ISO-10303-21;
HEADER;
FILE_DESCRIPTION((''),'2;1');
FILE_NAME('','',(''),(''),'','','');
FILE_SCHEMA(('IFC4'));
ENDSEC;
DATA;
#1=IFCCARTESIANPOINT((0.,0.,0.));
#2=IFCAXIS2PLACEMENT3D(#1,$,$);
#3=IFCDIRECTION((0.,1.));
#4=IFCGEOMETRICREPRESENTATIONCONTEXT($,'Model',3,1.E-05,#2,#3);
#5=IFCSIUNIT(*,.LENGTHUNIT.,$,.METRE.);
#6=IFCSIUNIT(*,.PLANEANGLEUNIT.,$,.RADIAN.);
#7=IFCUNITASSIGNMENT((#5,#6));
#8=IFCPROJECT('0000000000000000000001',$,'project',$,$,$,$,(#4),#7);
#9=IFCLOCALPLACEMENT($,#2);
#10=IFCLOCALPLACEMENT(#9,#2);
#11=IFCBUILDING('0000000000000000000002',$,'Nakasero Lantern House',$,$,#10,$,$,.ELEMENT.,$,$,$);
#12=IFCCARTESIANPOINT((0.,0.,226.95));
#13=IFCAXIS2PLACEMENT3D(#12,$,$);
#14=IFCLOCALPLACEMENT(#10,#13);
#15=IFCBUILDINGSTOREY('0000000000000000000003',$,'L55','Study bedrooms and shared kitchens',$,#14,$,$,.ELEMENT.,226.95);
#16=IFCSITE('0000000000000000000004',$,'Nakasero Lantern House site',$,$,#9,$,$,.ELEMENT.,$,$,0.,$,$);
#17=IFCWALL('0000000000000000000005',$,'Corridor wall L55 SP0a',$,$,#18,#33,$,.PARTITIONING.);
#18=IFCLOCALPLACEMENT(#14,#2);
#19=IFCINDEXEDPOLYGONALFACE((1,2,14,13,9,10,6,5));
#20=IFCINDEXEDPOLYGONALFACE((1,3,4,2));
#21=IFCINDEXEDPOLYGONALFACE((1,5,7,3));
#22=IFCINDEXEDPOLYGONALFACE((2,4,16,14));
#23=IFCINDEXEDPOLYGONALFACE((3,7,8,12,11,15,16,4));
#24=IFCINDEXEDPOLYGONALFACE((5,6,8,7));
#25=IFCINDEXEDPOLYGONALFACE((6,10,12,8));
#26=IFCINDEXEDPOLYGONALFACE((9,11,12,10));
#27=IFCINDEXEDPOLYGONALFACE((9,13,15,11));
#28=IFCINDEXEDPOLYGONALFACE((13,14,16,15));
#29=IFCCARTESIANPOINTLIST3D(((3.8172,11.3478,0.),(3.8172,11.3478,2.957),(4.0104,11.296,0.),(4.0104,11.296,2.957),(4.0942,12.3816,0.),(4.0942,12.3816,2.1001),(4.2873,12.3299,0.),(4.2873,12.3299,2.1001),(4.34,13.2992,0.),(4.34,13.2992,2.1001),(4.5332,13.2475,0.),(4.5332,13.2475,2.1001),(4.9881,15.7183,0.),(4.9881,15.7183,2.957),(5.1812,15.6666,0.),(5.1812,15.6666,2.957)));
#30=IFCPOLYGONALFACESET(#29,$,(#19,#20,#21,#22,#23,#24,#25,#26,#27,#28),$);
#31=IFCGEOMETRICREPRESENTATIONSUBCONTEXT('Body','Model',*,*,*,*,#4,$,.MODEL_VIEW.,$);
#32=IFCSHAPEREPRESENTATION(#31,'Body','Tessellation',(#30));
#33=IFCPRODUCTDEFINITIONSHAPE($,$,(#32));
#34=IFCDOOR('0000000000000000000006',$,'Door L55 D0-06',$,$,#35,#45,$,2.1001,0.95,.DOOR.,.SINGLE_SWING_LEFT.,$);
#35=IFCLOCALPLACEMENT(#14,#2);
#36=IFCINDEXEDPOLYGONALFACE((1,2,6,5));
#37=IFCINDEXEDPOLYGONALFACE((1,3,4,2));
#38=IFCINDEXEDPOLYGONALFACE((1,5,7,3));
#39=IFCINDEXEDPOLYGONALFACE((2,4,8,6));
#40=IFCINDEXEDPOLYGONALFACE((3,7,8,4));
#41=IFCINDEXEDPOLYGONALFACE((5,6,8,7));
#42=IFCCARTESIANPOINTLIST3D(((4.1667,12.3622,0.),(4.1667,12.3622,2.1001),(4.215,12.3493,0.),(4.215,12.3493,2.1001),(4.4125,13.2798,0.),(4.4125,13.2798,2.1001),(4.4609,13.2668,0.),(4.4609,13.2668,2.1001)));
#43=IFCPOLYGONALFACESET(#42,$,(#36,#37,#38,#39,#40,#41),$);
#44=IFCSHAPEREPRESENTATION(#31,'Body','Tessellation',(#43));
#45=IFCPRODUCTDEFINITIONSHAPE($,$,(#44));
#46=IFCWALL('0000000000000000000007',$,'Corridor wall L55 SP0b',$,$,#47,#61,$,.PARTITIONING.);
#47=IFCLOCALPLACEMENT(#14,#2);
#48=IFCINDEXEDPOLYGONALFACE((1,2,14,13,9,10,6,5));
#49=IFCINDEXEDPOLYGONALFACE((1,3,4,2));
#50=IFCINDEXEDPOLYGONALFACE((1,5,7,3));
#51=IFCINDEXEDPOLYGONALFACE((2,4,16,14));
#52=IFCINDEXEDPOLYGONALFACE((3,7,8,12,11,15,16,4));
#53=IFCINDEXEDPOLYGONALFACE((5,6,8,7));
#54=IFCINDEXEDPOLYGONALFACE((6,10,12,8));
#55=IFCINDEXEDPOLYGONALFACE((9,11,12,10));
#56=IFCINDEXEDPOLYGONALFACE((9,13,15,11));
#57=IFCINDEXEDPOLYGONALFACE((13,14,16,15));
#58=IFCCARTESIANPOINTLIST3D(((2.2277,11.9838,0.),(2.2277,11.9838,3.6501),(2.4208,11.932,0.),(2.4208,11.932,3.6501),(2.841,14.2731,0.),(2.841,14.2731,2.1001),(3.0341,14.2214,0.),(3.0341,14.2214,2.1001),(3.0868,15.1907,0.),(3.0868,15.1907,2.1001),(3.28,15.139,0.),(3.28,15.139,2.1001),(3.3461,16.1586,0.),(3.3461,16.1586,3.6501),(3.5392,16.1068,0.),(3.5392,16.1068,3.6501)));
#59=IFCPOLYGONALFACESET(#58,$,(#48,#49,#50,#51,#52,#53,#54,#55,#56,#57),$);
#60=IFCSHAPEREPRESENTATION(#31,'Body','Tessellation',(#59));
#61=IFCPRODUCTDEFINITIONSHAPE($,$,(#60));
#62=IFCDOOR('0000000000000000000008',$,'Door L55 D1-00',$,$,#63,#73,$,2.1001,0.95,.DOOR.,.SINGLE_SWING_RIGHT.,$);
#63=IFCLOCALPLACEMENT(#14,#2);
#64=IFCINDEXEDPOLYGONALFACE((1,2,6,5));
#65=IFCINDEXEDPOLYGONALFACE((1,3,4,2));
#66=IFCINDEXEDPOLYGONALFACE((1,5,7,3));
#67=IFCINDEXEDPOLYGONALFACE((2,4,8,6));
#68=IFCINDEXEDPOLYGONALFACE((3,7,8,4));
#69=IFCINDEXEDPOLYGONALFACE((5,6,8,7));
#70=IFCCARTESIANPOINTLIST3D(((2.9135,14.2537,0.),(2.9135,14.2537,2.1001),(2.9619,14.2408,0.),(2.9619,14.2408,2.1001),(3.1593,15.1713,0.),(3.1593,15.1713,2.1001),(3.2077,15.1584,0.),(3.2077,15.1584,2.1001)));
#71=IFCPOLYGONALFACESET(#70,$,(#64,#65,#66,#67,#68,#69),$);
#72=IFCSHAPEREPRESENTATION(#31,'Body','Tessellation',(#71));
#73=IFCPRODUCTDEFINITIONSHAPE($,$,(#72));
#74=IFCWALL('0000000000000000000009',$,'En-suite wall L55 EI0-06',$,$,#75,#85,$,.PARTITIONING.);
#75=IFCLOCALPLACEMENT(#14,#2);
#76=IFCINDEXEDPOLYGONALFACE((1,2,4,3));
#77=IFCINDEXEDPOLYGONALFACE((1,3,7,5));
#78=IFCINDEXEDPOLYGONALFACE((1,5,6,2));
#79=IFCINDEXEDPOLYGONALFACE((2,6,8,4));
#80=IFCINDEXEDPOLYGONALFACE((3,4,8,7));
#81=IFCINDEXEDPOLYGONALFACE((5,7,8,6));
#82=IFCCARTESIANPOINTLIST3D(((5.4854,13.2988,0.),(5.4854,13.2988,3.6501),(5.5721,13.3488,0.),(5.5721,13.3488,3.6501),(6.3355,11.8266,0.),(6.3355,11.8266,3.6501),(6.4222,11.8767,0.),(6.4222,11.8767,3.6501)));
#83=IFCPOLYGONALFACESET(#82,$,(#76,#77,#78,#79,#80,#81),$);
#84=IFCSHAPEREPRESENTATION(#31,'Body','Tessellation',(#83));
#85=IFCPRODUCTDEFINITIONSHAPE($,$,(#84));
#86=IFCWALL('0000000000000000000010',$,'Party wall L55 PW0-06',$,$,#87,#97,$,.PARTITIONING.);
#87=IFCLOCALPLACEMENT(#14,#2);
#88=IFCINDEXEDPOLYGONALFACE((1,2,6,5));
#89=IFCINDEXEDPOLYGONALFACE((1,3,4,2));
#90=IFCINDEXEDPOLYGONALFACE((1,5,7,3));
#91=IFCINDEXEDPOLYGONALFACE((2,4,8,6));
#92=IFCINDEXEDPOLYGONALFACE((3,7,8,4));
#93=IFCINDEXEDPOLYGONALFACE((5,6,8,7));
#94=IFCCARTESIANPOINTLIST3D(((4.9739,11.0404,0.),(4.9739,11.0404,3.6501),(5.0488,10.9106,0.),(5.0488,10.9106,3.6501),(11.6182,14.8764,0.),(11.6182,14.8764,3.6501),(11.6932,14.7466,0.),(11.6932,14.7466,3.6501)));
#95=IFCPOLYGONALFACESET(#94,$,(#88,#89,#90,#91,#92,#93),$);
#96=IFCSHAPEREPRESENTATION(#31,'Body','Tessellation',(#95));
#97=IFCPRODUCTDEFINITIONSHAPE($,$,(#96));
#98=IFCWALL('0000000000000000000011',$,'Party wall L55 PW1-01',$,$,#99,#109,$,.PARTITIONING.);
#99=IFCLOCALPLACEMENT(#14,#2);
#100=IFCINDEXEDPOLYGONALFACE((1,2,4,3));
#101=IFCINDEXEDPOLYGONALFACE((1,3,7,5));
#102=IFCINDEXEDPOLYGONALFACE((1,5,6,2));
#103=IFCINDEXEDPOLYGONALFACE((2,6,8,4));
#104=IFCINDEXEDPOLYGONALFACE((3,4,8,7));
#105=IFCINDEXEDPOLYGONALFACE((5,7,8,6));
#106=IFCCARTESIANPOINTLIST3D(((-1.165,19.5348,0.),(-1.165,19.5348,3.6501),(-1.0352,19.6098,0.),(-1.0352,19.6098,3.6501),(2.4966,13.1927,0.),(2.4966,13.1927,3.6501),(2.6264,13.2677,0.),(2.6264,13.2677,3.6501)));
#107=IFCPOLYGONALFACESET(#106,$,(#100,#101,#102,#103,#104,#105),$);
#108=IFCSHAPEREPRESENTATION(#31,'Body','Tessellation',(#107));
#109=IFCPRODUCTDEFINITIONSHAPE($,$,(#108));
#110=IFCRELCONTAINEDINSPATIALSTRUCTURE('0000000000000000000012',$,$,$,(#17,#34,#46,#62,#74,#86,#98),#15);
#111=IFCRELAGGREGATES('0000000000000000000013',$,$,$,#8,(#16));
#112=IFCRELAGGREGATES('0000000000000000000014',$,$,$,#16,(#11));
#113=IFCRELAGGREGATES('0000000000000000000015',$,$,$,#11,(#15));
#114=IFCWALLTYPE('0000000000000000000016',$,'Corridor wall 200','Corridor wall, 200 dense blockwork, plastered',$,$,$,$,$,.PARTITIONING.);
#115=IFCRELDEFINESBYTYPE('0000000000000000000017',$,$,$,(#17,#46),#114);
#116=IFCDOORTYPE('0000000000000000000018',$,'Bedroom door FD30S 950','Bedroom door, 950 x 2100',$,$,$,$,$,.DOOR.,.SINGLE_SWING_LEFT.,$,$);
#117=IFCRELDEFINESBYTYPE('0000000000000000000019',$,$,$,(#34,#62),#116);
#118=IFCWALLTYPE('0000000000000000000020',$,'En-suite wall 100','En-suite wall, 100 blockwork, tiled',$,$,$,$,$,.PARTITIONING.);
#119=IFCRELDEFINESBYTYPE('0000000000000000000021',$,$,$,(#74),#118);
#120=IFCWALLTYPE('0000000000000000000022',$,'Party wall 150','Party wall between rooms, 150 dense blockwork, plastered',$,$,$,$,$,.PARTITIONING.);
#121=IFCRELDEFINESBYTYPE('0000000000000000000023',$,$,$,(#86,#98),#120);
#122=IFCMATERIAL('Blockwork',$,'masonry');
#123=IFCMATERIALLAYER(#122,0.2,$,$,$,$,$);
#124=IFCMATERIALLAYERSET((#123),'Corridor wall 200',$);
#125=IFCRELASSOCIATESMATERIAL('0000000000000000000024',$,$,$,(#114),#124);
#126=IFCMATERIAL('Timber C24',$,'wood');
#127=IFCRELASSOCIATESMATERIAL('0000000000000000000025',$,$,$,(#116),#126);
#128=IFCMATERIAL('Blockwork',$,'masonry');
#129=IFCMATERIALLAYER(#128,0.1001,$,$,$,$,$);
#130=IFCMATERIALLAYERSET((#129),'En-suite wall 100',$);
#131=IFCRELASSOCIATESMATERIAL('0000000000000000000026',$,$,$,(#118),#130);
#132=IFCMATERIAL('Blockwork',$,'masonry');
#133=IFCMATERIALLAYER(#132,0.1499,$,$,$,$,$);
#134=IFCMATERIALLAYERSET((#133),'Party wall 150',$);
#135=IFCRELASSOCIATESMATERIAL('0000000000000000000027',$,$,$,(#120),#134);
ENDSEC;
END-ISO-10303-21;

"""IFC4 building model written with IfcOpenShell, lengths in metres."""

from ifc_helpers import new_model, si_unit, direction, frame, frame_2d, origin, place, context, subcontext, project, spatial, rectangle, extrude, material, layer, layer_set, type_object, element, fill, save


model = new_model("IFC4")

# Units and contexts
model_context = context("Model", 3, precision=1e-05, world=origin(), true_north=direction((0.0, 1.0)))
body_context = subcontext(model_context, "Body", "Model", "MODEL_VIEW")
ifc_project = project(units=[si_unit("LENGTHUNIT", "METRE"), si_unit("PLANEANGLEUNIT", "RADIAN")], contexts=[model_context])

# Site, building, storey
site_placement = place(None, origin())
site = spatial("IfcSite", under=ifc_project, at=site_placement, Name="Nakasero Lantern House site", CompositionType="ELEMENT", RefElevation=0.0)
building_placement = place(site_placement, origin())
building = spatial("IfcBuilding", under=site, at=building_placement, Name="Nakasero Lantern House", CompositionType="ELEMENT")
storey_placement = place(building_placement, frame((0.0, 0.0, 226.95)))
storey = spatial("IfcBuildingStorey", under=building, at=storey_placement, Name="L55", Description="Study bedrooms and shared kitchens", CompositionType="ELEMENT", Elevation=226.95)

# Shared definitions
ifc_material_1 = material(Name="Blockwork", Category="masonry")
ifc_layer_1 = layer(ifc_material_1, 0.2)
ifc_layer_set_1 = layer_set([ifc_layer_1], Name="Corridor wall 200")
wall_type_1 = type_object("IfcWallType", Name="Corridor wall 200", Description="Corridor wall, 200 dense blockwork, plastered", PredefinedType="PARTITIONING", material=ifc_layer_set_1)

# Walls, openings, doors
wall_1_placement = place(storey_placement, frame((3.9138, 11.322, 0.0), z_axis=(0.0, 0.0, 1.0), x_axis=(0.258777, 0.965937, 0.0)))
wall_1 = element("IfcWall", 1, at=wall_1_placement, inside=storey, type_object=wall_type_1, Name="Corridor wall L55 SP0a", PredefinedType="PARTITIONING", context=body_context, shape_type="SweptSolid", body=[
    extrude(rectangle(XDim=4.5247, YDim=0.2, at=frame_2d((2.2622, 0.0))), origin(), (0.0, 0.0, 1.0), 2.957),
])
opening_1_placement = place(wall_1_placement, frame((1.0701, 0.0, 0.0)))
opening_1 = element("IfcOpeningElement", 2, at=opening_1_placement, cuts=wall_1, PredefinedType="OPENING", context=body_context, shape_type="SweptSolid", body=[
    extrude(rectangle(XDim=0.95, YDim=2.1001, at=frame_2d((0.4751, 1.05))), frame((0.0, 0.1199, 0.0), z_axis=(0.0, -1.0, 0.0), x_axis=(1.0, 0.0, 0.0)), (0.0, 0.0, 1.0), 0.24),
])
ifc_material_2 = material(Name="Timber C24", Category="wood")
door_type = type_object("IfcDoorType", Name="Bedroom door FD30S 950", Description="Bedroom door, 950 x 2100", OperationType="SINGLE_SWING_LEFT", PredefinedType="DOOR", material=ifc_material_2)
door_1_placement = place(opening_1_placement, origin())
door_1 = element("IfcDoor", 3, at=door_1_placement, inside=storey, type_object=door_type, Name="Door L55 D0-06", OperationType="SINGLE_SWING_LEFT", OverallHeight=2.1001, OverallWidth=0.95, PredefinedType="DOOR", context=body_context, shape_type="SweptSolid", body=[
    extrude(rectangle(XDim=0.95, YDim=2.1001, at=frame_2d((0.4751, 1.05))), frame((0.0, 0.0249, 0.0), z_axis=(0.0, -1.0, 0.0), x_axis=(1.0, 0.0, 0.0)), (0.0, 0.0, 1.0), 0.05),
])
fill(opening_1, door_1)
wall_2_placement = place(storey_placement, frame((2.3242, 11.9578, 0.0), z_axis=(0.0, 0.0, 1.0), x_axis=(0.25877, 0.965939, 0.0)))
wall_2 = element("IfcWall", 4, at=wall_2_placement, inside=storey, type_object=wall_type_1, Name="Corridor wall L55 SP0b", PredefinedType="PARTITIONING", context=body_context, shape_type="SweptSolid", body=[
    extrude(rectangle(XDim=4.322, YDim=0.2, at=frame_2d((2.1611, 0.0))), origin(), (0.0, 0.0, 1.0), 3.6501),
])
opening_2_placement = place(wall_2_placement, frame((2.3701, 0.0, 0.0)))
opening_2 = element("IfcOpeningElement", 5, at=opening_2_placement, cuts=wall_2, PredefinedType="OPENING", context=body_context, shape_type="SweptSolid", body=[
    extrude(rectangle(XDim=0.95, YDim=2.1001, at=frame_2d((0.4751, 1.05))), frame((0.0, 0.1199, 0.0), z_axis=(0.0, -1.0, 0.0), x_axis=(1.0, 0.0, 0.0)), (0.0, 0.0, 1.0), 0.24),
])
door_2_placement = place(opening_2_placement, origin())
door_2 = element("IfcDoor", 6, at=door_2_placement, inside=storey, type_object=door_type, Name="Door L55 D1-00", OperationType="SINGLE_SWING_RIGHT", OverallHeight=2.1001, OverallWidth=0.95, PredefinedType="DOOR", context=body_context, shape_type="SweptSolid", body=[
    extrude(rectangle(XDim=0.95, YDim=2.1001, at=frame_2d((0.4751, 1.05))), frame((0.0, 0.0249, 0.0), z_axis=(0.0, -1.0, 0.0), x_axis=(1.0, 0.0, 0.0)), (0.0, 0.0, 1.0), 0.05),
])
fill(opening_2, door_2)

# Walls
ifc_material_3 = material(Name="Blockwork", Category="masonry")
ifc_layer_2 = layer(ifc_material_3, 0.1001)
ifc_layer_set_2 = layer_set([ifc_layer_2], Name="En-suite wall 100")
wall_type_2 = type_object("IfcWallType", Name="En-suite wall 100", Description="En-suite wall, 100 blockwork, tiled", PredefinedType="PARTITIONING", material=ifc_layer_set_2)
wall_3_placement = place(storey_placement, frame((6.3789, 11.8516, 0.0), z_axis=(0.0, 0.0, 1.0), x_axis=(-0.500062, 0.865989, 0.0)))
element("IfcWall", 7, at=wall_3_placement, inside=storey, type_object=wall_type_2, Name="En-suite wall L55 EI0-06", PredefinedType="PARTITIONING", context=body_context, shape_type="SweptSolid", body=[
    extrude(rectangle(XDim=1.7, YDim=0.1001, at=frame_2d((0.8501, 0.0))), origin(), (0.0, 0.0, 1.0), 3.6501),
])
ifc_material_4 = material(Name="Blockwork", Category="masonry")
ifc_layer_3 = layer(ifc_material_4, 0.1499)
ifc_layer_set_3 = layer_set([ifc_layer_3], Name="Party wall 150")
wall_type_3 = type_object("IfcWallType", Name="Party wall 150", Description="Party wall between rooms, 150 dense blockwork, plastered", PredefinedType="PARTITIONING", material=ifc_layer_set_3)
wall_4_placement = place(storey_placement, frame((5.0115, 10.9756, 0.0), z_axis=(0.0, 0.0, 1.0), x_axis=(0.866034, 0.499986, 0.0)))
element("IfcWall", 8, at=wall_4_placement, inside=storey, type_object=wall_type_3, Name="Party wall L55 PW0-06", PredefinedType="PARTITIONING", context=body_context, shape_type="SweptSolid", body=[
    extrude(rectangle(XDim=7.6721, YDim=0.1499, at=frame_2d((3.8359, 0.0))), origin(), (0.0, 0.0, 1.0), 3.6501),
])
wall_5_placement = place(storey_placement, frame((2.5615, 13.2302, 0.0), z_axis=(0.0, 0.0, 1.0), x_axis=(-0.500004, 0.866023, 0.0)))
element("IfcWall", 9, at=wall_5_placement, inside=storey, type_object=wall_type_3, Name="Party wall L55 PW1-01", PredefinedType="PARTITIONING", context=body_context, shape_type="SweptSolid", body=[
    extrude(rectangle(XDim=7.3232, YDim=0.1499, at=frame_2d((3.6616, 0.0))), origin(), (0.0, 0.0, 1.0), 3.6501),
])

save(model, "model.ifc")
